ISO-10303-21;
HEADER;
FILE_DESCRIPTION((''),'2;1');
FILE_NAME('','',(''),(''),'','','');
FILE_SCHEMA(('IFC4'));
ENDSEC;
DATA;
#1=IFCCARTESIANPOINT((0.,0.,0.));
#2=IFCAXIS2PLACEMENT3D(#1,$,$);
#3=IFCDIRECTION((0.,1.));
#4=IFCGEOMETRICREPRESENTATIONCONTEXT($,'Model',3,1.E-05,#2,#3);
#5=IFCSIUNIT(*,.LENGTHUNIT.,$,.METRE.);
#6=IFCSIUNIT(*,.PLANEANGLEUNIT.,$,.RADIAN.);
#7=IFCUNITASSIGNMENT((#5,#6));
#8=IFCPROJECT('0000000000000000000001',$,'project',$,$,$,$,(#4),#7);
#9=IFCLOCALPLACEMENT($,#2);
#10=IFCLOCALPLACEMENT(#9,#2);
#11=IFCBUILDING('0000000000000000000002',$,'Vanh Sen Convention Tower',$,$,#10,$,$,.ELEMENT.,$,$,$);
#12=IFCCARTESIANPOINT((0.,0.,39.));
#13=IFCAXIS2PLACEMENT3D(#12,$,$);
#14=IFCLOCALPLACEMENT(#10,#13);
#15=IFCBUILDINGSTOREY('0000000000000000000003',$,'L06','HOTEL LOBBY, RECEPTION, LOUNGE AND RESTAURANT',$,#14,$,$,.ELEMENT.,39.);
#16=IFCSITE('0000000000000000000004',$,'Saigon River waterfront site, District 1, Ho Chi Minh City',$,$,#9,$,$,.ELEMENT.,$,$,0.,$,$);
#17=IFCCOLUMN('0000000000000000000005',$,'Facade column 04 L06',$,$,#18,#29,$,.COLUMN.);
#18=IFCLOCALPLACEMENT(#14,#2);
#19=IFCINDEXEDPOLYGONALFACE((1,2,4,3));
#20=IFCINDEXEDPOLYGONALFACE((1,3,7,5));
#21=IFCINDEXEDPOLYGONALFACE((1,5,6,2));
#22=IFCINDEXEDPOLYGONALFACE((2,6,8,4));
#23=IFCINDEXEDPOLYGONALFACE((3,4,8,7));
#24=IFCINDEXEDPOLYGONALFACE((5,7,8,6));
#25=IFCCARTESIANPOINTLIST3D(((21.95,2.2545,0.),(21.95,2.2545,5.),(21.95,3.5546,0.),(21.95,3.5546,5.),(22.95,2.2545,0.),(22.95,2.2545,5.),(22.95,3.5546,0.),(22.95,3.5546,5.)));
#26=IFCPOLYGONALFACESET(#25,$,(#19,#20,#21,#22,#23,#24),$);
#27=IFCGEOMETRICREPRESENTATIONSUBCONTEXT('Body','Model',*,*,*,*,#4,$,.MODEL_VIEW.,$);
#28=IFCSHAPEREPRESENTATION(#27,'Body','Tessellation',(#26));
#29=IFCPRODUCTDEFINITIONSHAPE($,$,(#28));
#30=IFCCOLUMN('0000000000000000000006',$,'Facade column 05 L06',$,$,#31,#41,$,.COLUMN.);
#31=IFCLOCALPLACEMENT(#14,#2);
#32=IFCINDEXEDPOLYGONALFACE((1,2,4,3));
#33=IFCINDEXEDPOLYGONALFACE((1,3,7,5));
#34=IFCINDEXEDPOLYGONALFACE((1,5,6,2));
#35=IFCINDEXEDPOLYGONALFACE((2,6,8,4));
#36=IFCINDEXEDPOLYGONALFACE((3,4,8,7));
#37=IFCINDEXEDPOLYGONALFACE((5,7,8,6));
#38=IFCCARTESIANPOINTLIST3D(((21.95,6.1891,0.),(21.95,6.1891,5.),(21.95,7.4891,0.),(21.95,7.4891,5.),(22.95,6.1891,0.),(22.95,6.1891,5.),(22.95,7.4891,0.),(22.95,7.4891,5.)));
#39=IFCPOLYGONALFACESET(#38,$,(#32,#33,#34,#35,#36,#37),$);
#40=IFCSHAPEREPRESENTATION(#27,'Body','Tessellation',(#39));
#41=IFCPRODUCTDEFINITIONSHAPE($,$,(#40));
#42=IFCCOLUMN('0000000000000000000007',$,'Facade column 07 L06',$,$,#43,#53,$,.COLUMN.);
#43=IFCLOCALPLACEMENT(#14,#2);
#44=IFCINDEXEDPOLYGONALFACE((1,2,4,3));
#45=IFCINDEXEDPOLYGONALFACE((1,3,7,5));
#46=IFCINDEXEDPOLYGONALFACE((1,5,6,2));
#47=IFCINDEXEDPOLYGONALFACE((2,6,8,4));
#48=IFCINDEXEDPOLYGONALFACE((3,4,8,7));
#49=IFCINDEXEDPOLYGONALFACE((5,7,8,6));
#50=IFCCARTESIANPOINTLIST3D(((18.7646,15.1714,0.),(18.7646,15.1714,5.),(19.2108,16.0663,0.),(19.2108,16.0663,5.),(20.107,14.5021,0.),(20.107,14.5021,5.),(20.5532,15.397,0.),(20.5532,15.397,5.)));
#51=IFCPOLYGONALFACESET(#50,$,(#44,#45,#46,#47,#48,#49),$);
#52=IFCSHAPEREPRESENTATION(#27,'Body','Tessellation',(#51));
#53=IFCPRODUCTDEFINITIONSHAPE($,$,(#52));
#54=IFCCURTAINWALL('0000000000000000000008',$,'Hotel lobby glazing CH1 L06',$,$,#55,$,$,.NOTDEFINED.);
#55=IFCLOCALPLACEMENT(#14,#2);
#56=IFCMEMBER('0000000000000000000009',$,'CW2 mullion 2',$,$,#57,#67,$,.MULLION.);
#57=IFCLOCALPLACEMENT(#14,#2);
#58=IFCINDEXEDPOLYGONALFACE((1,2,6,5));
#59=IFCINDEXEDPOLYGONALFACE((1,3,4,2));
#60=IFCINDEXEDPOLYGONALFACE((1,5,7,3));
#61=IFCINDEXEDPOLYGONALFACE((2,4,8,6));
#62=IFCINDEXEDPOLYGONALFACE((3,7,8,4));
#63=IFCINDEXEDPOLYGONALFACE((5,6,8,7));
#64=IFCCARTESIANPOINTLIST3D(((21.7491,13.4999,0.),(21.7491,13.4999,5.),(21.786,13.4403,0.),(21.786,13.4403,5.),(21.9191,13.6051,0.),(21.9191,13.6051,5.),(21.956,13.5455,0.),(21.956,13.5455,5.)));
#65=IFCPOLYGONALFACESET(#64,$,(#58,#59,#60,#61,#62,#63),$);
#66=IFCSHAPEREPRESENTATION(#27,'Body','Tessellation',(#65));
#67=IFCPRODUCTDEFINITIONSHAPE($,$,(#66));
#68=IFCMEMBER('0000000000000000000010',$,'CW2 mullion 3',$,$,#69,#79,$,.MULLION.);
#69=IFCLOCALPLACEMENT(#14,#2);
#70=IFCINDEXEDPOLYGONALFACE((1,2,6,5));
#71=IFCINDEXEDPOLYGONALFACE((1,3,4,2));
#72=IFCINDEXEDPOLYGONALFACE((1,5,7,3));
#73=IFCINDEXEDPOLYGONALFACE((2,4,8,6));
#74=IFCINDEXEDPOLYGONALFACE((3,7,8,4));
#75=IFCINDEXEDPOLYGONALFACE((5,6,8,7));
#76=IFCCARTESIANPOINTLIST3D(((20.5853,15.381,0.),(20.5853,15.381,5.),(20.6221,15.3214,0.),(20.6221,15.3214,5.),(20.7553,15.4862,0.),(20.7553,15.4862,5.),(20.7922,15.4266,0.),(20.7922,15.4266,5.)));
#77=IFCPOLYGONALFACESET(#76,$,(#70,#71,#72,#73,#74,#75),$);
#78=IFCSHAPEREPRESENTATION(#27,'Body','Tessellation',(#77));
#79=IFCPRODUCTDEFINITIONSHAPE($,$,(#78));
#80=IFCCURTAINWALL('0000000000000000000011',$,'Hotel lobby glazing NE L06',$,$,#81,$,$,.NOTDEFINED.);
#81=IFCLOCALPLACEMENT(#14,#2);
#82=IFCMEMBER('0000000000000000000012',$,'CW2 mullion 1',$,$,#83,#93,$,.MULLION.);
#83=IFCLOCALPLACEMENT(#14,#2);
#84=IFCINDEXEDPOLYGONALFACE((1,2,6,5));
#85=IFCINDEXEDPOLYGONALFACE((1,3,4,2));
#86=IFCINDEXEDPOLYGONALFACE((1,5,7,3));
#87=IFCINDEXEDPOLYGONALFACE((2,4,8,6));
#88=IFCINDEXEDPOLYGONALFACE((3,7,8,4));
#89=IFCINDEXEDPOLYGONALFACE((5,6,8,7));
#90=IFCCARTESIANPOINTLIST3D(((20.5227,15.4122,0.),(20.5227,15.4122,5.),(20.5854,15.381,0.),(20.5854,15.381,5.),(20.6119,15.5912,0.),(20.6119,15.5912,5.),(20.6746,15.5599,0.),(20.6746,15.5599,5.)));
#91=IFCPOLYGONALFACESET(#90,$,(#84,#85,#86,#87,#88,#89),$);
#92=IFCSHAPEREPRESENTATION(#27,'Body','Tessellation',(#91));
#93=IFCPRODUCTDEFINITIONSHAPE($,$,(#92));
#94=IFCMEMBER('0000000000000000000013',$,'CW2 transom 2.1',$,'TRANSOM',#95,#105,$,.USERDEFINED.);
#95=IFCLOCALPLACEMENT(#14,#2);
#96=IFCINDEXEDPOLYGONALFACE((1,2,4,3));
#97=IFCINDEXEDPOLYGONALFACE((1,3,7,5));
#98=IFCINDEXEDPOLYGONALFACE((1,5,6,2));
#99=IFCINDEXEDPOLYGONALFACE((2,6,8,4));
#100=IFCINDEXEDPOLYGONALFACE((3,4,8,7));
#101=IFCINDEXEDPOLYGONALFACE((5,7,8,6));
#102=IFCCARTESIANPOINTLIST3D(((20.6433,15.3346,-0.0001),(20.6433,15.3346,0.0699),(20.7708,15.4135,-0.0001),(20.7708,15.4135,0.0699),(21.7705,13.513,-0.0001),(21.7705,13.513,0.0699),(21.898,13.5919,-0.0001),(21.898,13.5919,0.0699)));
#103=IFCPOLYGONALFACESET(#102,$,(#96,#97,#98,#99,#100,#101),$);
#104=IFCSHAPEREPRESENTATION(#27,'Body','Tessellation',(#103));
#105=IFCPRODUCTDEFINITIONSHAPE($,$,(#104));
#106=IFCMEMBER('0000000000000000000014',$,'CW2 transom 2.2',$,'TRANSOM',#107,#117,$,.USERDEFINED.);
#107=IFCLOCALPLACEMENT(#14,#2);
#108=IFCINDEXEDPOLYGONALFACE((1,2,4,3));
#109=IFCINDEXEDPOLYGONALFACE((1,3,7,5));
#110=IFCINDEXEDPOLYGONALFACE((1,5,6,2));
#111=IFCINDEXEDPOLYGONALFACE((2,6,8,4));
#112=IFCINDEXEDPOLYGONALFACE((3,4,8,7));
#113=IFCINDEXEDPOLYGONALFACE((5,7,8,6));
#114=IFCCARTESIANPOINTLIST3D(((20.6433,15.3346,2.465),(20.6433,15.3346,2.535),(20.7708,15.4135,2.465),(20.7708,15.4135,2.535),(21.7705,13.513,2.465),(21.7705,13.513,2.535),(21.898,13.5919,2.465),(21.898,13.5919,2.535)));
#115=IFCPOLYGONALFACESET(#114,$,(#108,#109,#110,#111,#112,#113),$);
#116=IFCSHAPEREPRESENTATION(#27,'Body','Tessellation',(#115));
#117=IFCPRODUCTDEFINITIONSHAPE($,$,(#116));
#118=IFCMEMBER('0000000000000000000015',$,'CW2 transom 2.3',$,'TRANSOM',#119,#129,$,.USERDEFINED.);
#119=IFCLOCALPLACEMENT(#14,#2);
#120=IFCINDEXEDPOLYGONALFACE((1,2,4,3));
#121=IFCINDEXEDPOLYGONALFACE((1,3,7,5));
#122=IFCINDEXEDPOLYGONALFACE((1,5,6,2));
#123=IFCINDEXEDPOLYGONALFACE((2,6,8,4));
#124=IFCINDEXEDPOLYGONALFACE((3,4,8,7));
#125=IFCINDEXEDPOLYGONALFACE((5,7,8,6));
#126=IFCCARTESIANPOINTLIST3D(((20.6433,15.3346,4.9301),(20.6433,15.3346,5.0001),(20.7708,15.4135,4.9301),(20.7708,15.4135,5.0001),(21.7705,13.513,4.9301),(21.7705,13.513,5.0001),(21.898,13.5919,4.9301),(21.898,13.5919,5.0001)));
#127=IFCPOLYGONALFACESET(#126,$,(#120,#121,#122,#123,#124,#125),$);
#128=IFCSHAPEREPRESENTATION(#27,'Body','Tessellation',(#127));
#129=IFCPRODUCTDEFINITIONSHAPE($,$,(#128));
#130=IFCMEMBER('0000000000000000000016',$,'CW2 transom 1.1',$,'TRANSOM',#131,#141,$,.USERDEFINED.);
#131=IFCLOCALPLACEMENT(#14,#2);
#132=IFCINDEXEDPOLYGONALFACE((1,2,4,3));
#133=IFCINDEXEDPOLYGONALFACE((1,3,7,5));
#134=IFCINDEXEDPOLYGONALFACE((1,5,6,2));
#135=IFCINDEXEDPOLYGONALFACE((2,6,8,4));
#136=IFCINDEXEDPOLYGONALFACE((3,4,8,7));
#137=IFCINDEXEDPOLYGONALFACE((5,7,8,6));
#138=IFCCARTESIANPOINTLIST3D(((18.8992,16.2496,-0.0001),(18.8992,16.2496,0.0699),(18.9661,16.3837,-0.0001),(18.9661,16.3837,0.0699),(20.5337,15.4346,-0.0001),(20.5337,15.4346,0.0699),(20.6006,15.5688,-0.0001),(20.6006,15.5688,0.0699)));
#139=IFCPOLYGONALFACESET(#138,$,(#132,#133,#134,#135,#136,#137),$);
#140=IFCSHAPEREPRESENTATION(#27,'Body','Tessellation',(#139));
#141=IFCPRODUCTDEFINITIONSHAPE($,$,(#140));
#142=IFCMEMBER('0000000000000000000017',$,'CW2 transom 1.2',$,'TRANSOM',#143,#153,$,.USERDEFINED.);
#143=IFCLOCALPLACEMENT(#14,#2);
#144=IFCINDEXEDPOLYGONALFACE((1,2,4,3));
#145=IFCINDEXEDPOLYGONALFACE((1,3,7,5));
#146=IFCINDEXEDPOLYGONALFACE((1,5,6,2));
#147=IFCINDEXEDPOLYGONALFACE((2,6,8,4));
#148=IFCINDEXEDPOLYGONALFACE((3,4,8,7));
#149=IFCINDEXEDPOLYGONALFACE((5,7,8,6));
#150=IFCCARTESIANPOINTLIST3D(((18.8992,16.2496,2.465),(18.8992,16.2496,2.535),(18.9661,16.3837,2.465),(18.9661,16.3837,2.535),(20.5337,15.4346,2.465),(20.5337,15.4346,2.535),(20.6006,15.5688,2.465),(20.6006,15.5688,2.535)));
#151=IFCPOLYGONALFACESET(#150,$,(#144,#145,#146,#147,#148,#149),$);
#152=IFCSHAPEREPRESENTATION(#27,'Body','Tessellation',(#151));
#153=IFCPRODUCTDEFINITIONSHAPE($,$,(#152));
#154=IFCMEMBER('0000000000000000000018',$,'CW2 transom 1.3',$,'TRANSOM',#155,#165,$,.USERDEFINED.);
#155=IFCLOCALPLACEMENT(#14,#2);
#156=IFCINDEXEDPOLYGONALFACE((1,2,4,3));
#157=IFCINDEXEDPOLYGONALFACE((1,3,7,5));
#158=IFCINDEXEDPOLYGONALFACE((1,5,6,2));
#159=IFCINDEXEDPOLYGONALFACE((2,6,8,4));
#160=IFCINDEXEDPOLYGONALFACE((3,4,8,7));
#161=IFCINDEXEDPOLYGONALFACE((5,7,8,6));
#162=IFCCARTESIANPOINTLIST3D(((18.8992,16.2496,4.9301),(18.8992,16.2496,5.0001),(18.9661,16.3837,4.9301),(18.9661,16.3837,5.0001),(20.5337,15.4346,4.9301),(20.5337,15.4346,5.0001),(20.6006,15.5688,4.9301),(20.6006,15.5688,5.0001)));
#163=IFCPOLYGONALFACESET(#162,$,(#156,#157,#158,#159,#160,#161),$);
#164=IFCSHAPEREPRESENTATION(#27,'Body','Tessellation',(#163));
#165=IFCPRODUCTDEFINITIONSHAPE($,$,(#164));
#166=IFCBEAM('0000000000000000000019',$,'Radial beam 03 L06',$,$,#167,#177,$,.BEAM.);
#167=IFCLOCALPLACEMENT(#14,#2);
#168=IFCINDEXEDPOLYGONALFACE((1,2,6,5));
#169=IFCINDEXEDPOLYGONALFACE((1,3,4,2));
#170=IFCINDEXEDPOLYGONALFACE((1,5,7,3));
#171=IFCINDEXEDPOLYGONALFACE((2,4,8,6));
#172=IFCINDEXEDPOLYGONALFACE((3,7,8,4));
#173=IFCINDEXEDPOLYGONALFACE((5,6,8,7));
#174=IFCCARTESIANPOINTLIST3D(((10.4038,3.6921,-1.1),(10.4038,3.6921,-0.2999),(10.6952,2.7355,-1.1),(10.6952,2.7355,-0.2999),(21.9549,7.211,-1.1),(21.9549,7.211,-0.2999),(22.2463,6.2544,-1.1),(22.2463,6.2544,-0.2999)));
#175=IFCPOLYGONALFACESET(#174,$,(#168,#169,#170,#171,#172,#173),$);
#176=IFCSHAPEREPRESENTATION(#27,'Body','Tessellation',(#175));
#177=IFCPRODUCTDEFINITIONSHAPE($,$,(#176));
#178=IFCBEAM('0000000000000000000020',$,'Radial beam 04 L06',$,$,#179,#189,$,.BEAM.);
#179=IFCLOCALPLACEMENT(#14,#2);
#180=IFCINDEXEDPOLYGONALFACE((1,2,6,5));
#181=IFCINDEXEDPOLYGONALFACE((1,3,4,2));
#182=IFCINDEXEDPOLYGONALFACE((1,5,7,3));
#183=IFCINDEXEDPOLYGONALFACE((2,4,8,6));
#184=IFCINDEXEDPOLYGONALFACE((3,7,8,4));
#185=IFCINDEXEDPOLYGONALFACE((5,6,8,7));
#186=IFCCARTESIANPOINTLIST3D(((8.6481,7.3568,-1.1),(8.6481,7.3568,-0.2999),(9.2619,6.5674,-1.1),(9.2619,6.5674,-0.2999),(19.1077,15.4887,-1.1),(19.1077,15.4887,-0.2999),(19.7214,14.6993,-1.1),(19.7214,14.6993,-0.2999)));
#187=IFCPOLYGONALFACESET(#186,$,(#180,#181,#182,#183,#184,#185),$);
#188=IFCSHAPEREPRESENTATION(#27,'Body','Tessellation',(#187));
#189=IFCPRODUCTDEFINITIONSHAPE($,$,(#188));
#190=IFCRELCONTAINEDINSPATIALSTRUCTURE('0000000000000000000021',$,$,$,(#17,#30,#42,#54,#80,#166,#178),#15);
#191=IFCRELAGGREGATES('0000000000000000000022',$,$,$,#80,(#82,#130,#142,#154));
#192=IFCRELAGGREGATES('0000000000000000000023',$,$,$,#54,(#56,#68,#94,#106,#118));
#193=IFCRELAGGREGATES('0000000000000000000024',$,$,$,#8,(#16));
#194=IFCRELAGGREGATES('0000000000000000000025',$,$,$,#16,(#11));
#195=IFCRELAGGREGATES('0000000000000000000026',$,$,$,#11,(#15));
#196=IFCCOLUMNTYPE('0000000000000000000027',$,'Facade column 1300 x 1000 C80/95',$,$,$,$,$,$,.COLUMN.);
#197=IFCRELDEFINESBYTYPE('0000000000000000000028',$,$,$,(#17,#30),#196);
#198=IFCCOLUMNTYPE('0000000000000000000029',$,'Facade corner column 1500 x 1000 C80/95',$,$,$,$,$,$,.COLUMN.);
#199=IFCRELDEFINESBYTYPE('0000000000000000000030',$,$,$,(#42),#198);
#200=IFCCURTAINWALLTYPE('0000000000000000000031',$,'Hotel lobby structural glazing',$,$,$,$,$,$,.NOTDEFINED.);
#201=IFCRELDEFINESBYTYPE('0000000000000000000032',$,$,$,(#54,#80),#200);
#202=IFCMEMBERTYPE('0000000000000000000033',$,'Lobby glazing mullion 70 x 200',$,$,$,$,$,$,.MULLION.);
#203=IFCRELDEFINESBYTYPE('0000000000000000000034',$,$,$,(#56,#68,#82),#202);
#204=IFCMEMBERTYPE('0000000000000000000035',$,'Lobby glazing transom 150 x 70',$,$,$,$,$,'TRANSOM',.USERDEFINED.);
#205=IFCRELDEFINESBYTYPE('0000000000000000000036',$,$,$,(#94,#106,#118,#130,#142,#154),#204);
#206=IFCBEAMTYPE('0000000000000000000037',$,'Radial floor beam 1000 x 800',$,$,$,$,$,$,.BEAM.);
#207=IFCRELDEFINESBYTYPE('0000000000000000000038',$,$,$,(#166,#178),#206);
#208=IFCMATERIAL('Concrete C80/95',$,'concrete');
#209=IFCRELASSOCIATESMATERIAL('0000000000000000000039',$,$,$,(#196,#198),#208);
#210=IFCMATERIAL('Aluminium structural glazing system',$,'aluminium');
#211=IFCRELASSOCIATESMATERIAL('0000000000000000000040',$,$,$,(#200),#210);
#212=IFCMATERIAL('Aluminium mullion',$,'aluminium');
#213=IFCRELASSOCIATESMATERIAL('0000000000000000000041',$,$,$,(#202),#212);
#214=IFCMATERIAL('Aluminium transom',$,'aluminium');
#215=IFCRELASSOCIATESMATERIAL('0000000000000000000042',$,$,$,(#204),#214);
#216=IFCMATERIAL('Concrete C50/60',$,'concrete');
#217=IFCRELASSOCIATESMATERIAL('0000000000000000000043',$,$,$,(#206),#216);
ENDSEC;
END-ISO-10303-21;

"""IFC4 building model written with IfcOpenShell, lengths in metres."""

from ifc_helpers import new_model, si_unit, direction, frame, origin, origin_2d, place, context, subcontext, project, spatial, rectangle, extrude, material, material_profile, profile_set, type_object, element, aggregate, save


model = new_model("IFC4")

# Units and contexts
model_context = context("Model", 3, precision=1e-05, world=origin(), true_north=direction((0.0, 1.0)))
body_context = subcontext(model_context, "Body", "Model", "MODEL_VIEW")
ifc_project = project(units=[si_unit("LENGTHUNIT", "METRE"), si_unit("PLANEANGLEUNIT", "RADIAN")], contexts=[model_context])

# Site, building, storey
site_placement = place(None, origin())
site = spatial("IfcSite", under=ifc_project, at=site_placement, Name="Saigon River waterfront site, District 1, Ho Chi Minh City", CompositionType="ELEMENT", RefElevation=0.0)
building_placement = place(site_placement, origin())
building = spatial("IfcBuilding", under=site, at=building_placement, Name="Vanh Sen Convention Tower", CompositionType="ELEMENT")
storey_placement = place(building_placement, frame((0.0, 0.0, 39.0)))
storey = spatial("IfcBuildingStorey", under=building, at=storey_placement, Name="L06", Description="HOTEL LOBBY, RECEPTION, LOUNGE AND RESTAURANT", CompositionType="ELEMENT", Elevation=39.0)

# Columns
ifc_material_1 = material(Name="Concrete C80/95", Category="concrete")
ifc_material_profile_1 = material_profile(ifc_material_1, rectangle(XDim=1.3, YDim=1.0, at=origin_2d()), Name="RC 1300X1000")
ifc_profile_set_1 = profile_set([ifc_material_profile_1], Name="Concrete C80/95")
column_type_1 = type_object("IfcColumnType", Name="Facade column 1300 x 1000 C80/95", PredefinedType="COLUMN", material=ifc_profile_set_1)
for number, where, z_axis, x_axis, name in (
    (1, (22.45, 2.9045, 0.0), (0.0, 0.0, 1.0), (0.0, 1.0, 0.0), "Facade column 04 L06"),
    (2, (22.45, 6.8391, 0.0), (0.0, 0.0, 1.0), (0.0, 1.0, 0.0), "Facade column 05 L06"),
):
    element("IfcColumn", number, at=place(storey_placement, frame(where, z_axis=z_axis, x_axis=x_axis)), inside=storey, type_object=column_type_1, Name=name, PredefinedType="COLUMN", context=body_context, shape_type="SweptSolid", body=[
        extrude(rectangle(XDim=1.3, YDim=1.0, at=origin_2d()), origin(), (0.0, 0.0, 1.0), 5.0),
    ])
ifc_material_profile_2 = material_profile(ifc_material_1, rectangle(XDim=1.5, YDim=1.0, at=origin_2d()), Name="RC 1500X1000")
ifc_profile_set_2 = profile_set([ifc_material_profile_2], Name="Concrete C80/95")
column_type_2 = type_object("IfcColumnType", Name="Facade corner column 1500 x 1000 C80/95", PredefinedType="COLUMN", material=ifc_profile_set_2)
column_placement = place(storey_placement, frame((19.6589, 15.2842, 0.0), z_axis=(0.0, 0.0, 1.0), x_axis=(-0.894934, 0.446198, 0.0)))
element("IfcColumn", 3, at=column_placement, inside=storey, type_object=column_type_2, Name="Facade column 07 L06", PredefinedType="COLUMN", context=body_context, shape_type="SweptSolid", body=[
    extrude(rectangle(XDim=1.5, YDim=1.0, at=origin_2d()), origin(), (0.0, 0.0, 1.0), 5.0),
])

# Curtain wall, members
ifc_material_2 = material(Name="Aluminium structural glazing system", Category="aluminium")
curtain_wall_type_1 = type_object("IfcCurtainWallType", Name="Hotel lobby structural glazing", PredefinedType="NOTDEFINED", material=ifc_material_2)
curtain_wall_1_placement = place(storey_placement, origin())
curtain_wall_1 = element("IfcCurtainWall", 4, at=curtain_wall_1_placement, inside=storey, type_object=curtain_wall_type_1, Name="Hotel lobby glazing CH1 L06", PredefinedType="NOTDEFINED")
ifc_material_3 = material(Name="Aluminium mullion", Category="aluminium")
ifc_material_profile_3 = material_profile(ifc_material_3, rectangle(XDim=0.2, YDim=0.0701, at=origin_2d()), Name="Lobby glazing mullion 70 x 200")
ifc_profile_set_3 = profile_set([ifc_material_profile_3], Name="Aluminium mullion")
member_type_1 = type_object("IfcMemberType", Name="Lobby glazing mullion 70 x 200", PredefinedType="MULLION", material=ifc_profile_set_3)
member_1_placement = place(storey_placement, frame((21.8525, 13.5227, 0.0), z_axis=(0.0, 0.0, 1.0), x_axis=(-0.850358, -0.526205, 0.0)))
member_1 = element("IfcMember", 5, at=member_1_placement, type_object=member_type_1, Name="CW2 mullion 2", PredefinedType="MULLION", context=body_context, shape_type="SweptSolid", body=[
    extrude(rectangle(XDim=0.2, YDim=0.0701, at=origin_2d()), origin(), (0.0, 0.0, 1.0), 5.0),
])
member_2_placement = place(storey_placement, frame((20.6887, 15.4038, 0.0), z_axis=(0.0, 0.0, 1.0), x_axis=(-0.850358, -0.526205, 0.0)))
member_2 = element("IfcMember", 6, at=member_2_placement, type_object=member_type_1, Name="CW2 mullion 3", PredefinedType="MULLION", context=body_context, shape_type="SweptSolid", body=[
    extrude(rectangle(XDim=0.2, YDim=0.0701, at=origin_2d()), origin(), (0.0, 0.0, 1.0), 5.0),
])

# Curtain wall, member
curtain_wall_2_placement = place(storey_placement, origin())
curtain_wall_2 = element("IfcCurtainWall", 7, at=curtain_wall_2_placement, inside=storey, type_object=curtain_wall_type_1, Name="Hotel lobby glazing NE L06", PredefinedType="NOTDEFINED")
member_3_placement = place(storey_placement, frame((20.5986, 15.4861, 0.0), z_axis=(0.0, 0.0, 1.0), x_axis=(-0.446199, -0.894934, 0.0)))
member_3 = element("IfcMember", 8, at=member_3_placement, type_object=member_type_1, Name="CW2 mullion 1", PredefinedType="MULLION", context=body_context, shape_type="SweptSolid", body=[
    extrude(rectangle(XDim=0.2, YDim=0.0701, at=origin_2d()), origin(), (0.0, 0.0, 1.0), 5.0),
])

# Members
ifc_material_4 = material(Name="Aluminium transom", Category="aluminium")
ifc_material_profile_4 = material_profile(ifc_material_4, rectangle(XDim=0.1499, YDim=0.0701, at=origin_2d()), Name="Lobby glazing transom 150 x 70")
ifc_profile_set_4 = profile_set([ifc_material_profile_4], Name="Aluminium transom")
member_type_2 = type_object("IfcMemberType", Name="Lobby glazing transom 150 x 70", ElementType="TRANSOM", PredefinedType="USERDEFINED", material=ifc_profile_set_4)
member_4_placement = place(storey_placement, frame((21.8342, 13.5525, 0.0349), z_axis=(-0.526213, 0.850353, 0.0), x_axis=(-0.850353, -0.526213, 0.0)))
member_4 = element("IfcMember", 9, at=member_4_placement, type_object=member_type_2, Name="CW2 transom 2.1", ObjectType="TRANSOM", PredefinedType="USERDEFINED", context=body_context, shape_type="SweptSolid", body=[
    extrude(rectangle(XDim=0.1499, YDim=0.0701, at=origin_2d()), origin(), (0.0, 0.0, 1.0), 2.1421),
])
member_5_placement = place(storey_placement, frame((21.8342, 13.5525, 2.5), z_axis=(-0.526213, 0.850353, 0.0), x_axis=(-0.850353, -0.526213, 0.0)))
member_5 = element("IfcMember", 10, at=member_5_placement, type_object=member_type_2, Name="CW2 transom 2.2", ObjectType="TRANSOM", PredefinedType="USERDEFINED", context=body_context, shape_type="SweptSolid", body=[
    extrude(rectangle(XDim=0.1499, YDim=0.0701, at=origin_2d()), origin(), (0.0, 0.0, 1.0), 2.1421),
])
member_6_placement = place(storey_placement, frame((21.8342, 13.5525, 4.9651), z_axis=(-0.526213, 0.850353, 0.0), x_axis=(-0.850353, -0.526213, 0.0)))
member_6 = element("IfcMember", 11, at=member_6_placement, type_object=member_type_2, Name="CW2 transom 2.3", ObjectType="TRANSOM", PredefinedType="USERDEFINED", context=body_context, shape_type="SweptSolid", body=[
    extrude(rectangle(XDim=0.1499, YDim=0.0701, at=origin_2d()), origin(), (0.0, 0.0, 1.0), 2.1421),
])
member_7_placement = place(storey_placement, frame((20.5671, 15.5017, 0.0349), z_axis=(-0.894935, 0.446197, 0.0), x_axis=(-0.446197, -0.894935, 0.0)))
member_7 = element("IfcMember", 12, at=member_7_placement, type_object=member_type_2, Name="CW2 transom 1.1", ObjectType="TRANSOM", PredefinedType="USERDEFINED", context=body_context, shape_type="SweptSolid", body=[
    extrude(rectangle(XDim=0.1499, YDim=0.0701, at=origin_2d()), origin(), (0.0, 0.0, 1.0), 1.8264),
])
member_8_placement = place(storey_placement, frame((20.5671, 15.5017, 2.5), z_axis=(-0.894935, 0.446197, 0.0), x_axis=(-0.446197, -0.894935, 0.0)))
member_8 = element("IfcMember", 13, at=member_8_placement, type_object=member_type_2, Name="CW2 transom 1.2", ObjectType="TRANSOM", PredefinedType="USERDEFINED", context=body_context, shape_type="SweptSolid", body=[
    extrude(rectangle(XDim=0.1499, YDim=0.0701, at=origin_2d()), origin(), (0.0, 0.0, 1.0), 1.8264),
])
member_9_placement = place(storey_placement, frame((20.5671, 15.5017, 4.9651), z_axis=(-0.894935, 0.446197, 0.0), x_axis=(-0.446197, -0.894935, 0.0)))
member_9 = element("IfcMember", 14, at=member_9_placement, type_object=member_type_2, Name="CW2 transom 1.3", ObjectType="TRANSOM", PredefinedType="USERDEFINED", context=body_context, shape_type="SweptSolid", body=[
    extrude(rectangle(XDim=0.1499, YDim=0.0701, at=origin_2d()), origin(), (0.0, 0.0, 1.0), 1.8264),
])
aggregate(curtain_wall_2, [member_3, member_7, member_8, member_9])

# Beams
ifc_material_5 = material(Name="Concrete C50/60", Category="concrete")
ifc_material_profile_5 = material_profile(ifc_material_5, rectangle(XDim=1.0, YDim=0.8, at=origin_2d()), Name="RC 1000X800")
ifc_profile_set_5 = profile_set([ifc_material_profile_5], Name="Concrete C50/60")
beam_type_1 = type_object("IfcBeamType", Name="Radial floor beam 1000 x 800", PredefinedType="BEAM", material=ifc_profile_set_5)
beam_1_placement = place(storey_placement, frame((22.1006, 6.7327, -0.7), z_axis=(-0.956598, -0.291409, 0.0), x_axis=(0.291409, -0.956598, 0.0)))
element("IfcBeam", 15, at=beam_1_placement, inside=storey, type_object=beam_type_1, Name="Radial beam 03 L06", PredefinedType="BEAM", context=body_context, shape_type="SweptSolid", body=[
    extrude(rectangle(XDim=1.0, YDim=0.8, at=origin_2d()), origin(), (0.0, 0.0, 1.0), 12.0752),
])
beam_2_placement = place(storey_placement, frame((19.4146, 15.094, -0.7), z_axis=(-0.789473, -0.613785, 0.0), x_axis=(0.613785, -0.789473, 0.0)))
element("IfcBeam", 16, at=beam_2_placement, inside=storey, type_object=beam_type_1, Name="Radial beam 04 L06", PredefinedType="BEAM", context=body_context, shape_type="SweptSolid", body=[
    extrude(rectangle(XDim=1.0, YDim=0.8, at=origin_2d()), origin(), (0.0, 0.0, 1.0), 13.2488),
])

aggregate(curtain_wall_1, [member_1, member_2, member_4, member_5, member_6])

save(model, "model.ifc")
